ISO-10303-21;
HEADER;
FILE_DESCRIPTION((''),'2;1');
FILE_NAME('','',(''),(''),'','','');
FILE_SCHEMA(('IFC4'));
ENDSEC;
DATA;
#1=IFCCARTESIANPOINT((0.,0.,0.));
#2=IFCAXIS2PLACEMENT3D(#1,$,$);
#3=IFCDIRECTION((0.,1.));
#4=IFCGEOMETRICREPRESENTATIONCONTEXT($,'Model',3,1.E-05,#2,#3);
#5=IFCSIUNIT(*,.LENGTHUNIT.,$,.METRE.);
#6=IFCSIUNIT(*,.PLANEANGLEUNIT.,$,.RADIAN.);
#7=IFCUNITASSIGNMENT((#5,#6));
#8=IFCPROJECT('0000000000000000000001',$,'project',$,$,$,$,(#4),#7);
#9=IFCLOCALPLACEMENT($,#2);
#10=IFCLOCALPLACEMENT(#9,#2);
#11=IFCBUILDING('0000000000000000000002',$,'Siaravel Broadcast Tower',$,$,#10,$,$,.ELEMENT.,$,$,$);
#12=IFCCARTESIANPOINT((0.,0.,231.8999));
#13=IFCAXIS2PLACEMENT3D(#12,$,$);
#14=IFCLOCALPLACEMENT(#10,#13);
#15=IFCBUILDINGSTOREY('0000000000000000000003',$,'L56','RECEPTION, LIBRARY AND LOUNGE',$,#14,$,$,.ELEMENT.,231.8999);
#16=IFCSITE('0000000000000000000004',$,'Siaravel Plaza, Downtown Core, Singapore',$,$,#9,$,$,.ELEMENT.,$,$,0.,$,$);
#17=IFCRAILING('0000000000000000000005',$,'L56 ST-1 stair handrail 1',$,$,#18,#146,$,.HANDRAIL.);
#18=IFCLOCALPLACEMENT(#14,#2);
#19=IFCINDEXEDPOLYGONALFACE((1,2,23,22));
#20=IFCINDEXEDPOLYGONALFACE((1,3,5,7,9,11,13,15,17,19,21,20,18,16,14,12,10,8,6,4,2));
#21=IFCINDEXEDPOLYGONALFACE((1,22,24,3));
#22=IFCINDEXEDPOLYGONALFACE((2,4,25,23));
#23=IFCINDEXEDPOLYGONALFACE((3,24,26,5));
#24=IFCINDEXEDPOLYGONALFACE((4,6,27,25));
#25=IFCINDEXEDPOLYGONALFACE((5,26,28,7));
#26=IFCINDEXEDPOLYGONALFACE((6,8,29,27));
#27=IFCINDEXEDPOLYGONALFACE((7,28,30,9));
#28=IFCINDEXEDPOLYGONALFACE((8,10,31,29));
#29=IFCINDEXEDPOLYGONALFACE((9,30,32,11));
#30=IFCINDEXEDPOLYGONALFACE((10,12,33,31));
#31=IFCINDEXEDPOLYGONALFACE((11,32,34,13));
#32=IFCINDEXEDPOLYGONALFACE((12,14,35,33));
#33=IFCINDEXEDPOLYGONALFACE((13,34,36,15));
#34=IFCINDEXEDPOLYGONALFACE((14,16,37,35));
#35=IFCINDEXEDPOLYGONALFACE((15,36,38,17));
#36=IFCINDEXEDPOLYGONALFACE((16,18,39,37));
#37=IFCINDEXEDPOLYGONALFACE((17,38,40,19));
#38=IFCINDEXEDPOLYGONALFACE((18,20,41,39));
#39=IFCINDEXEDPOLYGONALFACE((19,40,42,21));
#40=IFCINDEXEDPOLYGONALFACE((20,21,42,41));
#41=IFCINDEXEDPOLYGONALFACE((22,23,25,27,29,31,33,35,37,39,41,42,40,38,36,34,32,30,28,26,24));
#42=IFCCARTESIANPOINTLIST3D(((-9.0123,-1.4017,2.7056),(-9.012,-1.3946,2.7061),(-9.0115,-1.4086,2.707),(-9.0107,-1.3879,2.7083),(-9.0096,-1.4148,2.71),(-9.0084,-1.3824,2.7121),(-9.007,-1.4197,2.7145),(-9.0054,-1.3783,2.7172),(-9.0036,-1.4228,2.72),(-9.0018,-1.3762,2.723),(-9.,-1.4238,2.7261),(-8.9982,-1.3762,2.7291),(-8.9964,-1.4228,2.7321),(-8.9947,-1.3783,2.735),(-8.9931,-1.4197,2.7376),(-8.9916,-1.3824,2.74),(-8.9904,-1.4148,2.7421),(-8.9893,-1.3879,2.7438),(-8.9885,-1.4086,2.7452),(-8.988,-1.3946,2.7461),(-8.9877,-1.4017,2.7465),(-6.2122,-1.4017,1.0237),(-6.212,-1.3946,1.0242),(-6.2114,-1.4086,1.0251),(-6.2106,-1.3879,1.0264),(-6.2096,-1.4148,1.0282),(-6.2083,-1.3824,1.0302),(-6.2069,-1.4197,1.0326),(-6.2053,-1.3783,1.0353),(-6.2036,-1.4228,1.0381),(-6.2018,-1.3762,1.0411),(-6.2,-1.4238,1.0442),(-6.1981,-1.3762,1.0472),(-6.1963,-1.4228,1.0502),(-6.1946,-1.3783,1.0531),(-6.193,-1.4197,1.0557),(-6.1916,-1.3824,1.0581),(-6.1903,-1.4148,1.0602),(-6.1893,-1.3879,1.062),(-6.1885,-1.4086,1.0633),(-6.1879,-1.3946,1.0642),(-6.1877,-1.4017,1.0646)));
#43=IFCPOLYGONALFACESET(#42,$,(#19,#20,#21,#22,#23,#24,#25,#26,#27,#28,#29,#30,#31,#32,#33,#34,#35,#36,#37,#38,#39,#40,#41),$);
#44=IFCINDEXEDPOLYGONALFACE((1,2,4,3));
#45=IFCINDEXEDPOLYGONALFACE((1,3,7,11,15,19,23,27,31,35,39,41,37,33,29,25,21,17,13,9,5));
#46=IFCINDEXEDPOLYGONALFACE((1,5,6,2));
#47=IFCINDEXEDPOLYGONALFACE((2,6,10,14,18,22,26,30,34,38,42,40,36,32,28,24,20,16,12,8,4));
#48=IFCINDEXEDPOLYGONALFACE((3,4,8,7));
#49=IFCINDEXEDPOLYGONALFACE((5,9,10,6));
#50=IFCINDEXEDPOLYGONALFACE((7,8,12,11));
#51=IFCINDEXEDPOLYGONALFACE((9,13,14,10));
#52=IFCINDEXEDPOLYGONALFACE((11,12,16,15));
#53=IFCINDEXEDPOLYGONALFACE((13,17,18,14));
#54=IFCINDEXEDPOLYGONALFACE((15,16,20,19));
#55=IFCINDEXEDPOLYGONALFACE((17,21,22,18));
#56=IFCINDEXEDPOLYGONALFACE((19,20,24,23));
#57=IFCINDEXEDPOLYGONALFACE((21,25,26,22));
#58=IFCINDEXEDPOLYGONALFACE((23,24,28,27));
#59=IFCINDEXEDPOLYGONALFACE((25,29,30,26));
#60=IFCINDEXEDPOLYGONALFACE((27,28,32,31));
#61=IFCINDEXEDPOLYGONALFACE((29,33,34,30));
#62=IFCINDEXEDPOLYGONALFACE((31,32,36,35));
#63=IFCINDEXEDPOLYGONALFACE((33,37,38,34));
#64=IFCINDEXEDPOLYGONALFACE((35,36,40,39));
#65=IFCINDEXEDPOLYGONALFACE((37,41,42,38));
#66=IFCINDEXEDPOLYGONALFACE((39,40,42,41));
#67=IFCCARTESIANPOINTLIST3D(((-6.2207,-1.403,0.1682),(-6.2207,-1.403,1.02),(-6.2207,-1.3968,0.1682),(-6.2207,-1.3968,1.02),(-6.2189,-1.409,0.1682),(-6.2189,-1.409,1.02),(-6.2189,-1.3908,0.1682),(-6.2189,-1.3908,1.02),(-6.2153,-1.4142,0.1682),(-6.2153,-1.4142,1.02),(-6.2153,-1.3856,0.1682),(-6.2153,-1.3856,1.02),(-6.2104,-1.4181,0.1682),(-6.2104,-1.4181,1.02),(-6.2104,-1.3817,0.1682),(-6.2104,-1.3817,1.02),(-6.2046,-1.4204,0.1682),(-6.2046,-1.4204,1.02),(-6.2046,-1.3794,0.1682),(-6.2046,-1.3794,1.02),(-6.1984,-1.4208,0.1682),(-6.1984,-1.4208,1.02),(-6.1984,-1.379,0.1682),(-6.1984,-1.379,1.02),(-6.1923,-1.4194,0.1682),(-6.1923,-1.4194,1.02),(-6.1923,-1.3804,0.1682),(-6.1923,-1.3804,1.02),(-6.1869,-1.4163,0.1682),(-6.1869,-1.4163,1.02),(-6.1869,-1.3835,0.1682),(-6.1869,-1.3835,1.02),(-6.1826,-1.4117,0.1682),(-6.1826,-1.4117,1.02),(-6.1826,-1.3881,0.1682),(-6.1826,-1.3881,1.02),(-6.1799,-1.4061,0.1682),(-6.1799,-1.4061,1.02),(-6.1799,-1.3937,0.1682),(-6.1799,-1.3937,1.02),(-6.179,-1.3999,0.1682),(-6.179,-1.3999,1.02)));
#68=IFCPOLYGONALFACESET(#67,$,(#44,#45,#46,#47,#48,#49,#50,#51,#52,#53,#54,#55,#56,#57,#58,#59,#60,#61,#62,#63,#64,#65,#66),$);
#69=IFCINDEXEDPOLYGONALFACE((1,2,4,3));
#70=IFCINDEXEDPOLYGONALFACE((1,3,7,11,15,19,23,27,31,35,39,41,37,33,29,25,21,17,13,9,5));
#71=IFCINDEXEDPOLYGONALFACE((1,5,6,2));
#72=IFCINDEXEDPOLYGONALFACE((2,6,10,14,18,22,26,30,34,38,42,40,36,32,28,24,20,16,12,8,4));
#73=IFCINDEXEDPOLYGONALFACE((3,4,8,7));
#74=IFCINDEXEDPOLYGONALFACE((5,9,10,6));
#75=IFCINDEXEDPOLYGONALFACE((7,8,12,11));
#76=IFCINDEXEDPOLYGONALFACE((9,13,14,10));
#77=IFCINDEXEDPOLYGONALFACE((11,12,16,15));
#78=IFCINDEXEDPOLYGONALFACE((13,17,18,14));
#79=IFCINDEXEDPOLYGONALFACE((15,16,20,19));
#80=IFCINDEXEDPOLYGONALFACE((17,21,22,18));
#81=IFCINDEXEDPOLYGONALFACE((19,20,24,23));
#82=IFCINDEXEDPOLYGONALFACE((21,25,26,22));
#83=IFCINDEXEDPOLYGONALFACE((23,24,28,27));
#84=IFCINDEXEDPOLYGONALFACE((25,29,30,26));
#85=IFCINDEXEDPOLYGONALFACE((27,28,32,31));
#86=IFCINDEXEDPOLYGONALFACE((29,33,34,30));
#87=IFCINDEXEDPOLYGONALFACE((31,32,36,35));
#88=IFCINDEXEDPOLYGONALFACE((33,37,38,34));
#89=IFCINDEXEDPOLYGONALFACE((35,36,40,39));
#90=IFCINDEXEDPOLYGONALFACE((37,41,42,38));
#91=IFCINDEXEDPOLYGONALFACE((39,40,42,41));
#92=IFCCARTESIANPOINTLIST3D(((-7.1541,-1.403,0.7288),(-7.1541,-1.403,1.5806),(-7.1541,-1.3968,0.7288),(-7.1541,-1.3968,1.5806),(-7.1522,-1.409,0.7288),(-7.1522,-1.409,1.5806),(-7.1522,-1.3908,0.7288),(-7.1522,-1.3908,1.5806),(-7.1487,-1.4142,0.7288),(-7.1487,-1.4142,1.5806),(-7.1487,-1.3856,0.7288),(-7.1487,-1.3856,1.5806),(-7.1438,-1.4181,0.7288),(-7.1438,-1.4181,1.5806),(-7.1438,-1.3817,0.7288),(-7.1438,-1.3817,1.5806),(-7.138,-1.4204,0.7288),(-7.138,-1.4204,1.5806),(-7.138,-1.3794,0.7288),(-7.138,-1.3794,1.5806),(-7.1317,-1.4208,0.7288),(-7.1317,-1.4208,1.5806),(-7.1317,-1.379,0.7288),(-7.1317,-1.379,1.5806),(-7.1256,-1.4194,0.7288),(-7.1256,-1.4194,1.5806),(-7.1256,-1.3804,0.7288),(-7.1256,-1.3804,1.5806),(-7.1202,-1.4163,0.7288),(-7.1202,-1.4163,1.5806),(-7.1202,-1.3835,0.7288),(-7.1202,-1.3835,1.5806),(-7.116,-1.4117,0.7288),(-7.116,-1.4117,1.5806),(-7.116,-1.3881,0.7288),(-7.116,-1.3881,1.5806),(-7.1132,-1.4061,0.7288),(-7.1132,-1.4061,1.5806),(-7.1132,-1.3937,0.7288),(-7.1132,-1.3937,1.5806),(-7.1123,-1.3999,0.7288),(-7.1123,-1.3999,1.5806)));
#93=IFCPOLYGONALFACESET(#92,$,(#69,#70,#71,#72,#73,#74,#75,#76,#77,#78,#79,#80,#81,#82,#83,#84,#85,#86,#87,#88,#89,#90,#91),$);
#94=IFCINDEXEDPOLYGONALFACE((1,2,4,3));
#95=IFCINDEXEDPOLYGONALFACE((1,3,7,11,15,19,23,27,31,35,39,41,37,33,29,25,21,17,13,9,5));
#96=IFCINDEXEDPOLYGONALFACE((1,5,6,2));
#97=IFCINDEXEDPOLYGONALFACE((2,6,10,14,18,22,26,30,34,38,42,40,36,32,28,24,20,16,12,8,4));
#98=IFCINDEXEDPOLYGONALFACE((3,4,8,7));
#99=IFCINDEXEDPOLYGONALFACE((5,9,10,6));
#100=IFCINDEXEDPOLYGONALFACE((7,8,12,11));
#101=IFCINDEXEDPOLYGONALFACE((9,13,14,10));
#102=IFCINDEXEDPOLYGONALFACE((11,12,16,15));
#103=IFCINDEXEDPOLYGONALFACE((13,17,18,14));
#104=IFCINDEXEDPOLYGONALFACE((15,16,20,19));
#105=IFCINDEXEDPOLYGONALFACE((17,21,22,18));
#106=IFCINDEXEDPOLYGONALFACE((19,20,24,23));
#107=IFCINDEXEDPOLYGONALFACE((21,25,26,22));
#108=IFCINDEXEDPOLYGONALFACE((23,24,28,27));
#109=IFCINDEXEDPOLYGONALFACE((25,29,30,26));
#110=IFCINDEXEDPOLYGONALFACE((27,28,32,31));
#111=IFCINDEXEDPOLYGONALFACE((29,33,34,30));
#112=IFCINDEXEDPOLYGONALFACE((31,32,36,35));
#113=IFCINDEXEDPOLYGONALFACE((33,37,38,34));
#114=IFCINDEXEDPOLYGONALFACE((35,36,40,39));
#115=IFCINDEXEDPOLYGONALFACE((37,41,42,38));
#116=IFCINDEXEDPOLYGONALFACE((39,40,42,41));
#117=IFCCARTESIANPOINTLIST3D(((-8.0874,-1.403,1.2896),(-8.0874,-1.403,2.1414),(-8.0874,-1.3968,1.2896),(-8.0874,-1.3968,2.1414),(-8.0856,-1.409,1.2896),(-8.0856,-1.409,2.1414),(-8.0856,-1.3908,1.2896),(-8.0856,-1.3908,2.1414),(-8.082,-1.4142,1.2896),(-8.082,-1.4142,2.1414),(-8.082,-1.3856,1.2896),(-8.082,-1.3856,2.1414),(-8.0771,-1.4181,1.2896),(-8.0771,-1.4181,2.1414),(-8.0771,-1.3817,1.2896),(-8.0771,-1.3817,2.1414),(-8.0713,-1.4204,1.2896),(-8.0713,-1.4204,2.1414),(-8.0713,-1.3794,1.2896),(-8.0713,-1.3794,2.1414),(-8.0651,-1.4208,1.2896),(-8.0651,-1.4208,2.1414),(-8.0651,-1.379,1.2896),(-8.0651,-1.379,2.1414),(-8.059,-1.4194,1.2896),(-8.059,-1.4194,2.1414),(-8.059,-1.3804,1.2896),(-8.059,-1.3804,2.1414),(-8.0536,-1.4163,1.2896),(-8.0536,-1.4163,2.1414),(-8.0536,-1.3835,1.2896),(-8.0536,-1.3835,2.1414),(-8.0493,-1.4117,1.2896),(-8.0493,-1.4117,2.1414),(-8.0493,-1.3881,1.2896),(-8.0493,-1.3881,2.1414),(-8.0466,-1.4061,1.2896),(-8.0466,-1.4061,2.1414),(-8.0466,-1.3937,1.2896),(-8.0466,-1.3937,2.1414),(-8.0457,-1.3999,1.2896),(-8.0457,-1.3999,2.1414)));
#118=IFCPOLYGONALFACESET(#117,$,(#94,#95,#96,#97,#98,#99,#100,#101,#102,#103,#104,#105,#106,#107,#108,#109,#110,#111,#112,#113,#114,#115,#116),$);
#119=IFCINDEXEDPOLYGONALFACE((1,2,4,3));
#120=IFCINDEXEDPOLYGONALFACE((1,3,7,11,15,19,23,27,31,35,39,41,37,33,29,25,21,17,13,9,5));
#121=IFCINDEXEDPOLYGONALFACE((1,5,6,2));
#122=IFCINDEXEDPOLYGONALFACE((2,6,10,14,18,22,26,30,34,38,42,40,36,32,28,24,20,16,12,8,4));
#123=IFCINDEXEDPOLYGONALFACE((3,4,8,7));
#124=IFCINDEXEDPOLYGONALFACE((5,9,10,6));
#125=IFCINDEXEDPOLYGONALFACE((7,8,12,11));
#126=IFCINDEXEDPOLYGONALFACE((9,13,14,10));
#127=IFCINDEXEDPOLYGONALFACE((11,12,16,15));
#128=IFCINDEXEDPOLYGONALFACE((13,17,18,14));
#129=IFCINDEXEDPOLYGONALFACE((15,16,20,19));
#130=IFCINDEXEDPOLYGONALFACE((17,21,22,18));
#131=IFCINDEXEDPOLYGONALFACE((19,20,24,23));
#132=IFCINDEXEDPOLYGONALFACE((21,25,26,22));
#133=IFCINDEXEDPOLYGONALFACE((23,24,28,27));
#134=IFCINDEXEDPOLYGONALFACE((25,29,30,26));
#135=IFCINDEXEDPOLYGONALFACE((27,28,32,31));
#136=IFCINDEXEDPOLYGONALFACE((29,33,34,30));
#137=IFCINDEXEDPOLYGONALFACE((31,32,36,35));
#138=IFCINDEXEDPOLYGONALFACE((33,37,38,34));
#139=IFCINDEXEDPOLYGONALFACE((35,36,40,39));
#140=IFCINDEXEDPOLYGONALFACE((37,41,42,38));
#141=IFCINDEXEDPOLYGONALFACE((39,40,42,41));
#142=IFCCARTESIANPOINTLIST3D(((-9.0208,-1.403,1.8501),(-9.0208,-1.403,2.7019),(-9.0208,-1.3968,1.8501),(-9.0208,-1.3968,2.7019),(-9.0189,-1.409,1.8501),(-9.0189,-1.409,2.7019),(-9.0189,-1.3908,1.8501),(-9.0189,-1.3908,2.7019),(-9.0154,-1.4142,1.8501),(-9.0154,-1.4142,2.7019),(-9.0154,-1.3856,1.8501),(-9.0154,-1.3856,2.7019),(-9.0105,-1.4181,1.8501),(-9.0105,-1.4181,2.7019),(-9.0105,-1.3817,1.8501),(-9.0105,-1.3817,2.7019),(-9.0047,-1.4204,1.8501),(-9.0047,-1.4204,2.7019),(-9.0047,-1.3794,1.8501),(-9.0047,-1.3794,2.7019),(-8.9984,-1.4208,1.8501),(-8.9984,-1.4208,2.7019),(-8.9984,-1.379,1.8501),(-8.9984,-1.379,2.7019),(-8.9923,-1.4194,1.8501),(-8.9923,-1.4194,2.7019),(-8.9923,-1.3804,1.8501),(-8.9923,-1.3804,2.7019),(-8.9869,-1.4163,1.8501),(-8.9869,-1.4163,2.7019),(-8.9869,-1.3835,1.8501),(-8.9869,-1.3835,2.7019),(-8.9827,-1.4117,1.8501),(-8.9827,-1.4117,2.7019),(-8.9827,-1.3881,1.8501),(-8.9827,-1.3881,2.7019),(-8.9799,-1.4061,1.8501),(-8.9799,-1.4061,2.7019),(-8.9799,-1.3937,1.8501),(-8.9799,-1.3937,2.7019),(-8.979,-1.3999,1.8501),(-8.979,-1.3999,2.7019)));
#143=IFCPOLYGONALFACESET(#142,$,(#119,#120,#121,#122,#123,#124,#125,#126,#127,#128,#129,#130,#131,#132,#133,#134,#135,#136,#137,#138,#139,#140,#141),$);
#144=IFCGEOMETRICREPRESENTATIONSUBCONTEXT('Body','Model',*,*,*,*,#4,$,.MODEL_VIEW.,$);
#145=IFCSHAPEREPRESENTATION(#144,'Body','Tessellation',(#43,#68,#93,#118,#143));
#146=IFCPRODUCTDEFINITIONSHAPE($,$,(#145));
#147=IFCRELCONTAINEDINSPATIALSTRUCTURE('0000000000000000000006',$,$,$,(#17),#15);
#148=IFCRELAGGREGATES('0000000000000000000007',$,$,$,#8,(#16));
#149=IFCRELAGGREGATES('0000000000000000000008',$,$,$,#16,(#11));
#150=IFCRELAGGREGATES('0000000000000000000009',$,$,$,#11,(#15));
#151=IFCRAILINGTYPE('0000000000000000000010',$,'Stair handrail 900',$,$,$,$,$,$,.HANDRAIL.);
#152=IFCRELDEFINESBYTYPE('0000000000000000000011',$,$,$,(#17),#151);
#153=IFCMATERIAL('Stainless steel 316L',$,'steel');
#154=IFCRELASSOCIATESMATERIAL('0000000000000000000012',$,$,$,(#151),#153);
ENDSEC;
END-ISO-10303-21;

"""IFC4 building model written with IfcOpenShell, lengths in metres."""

from ifc_helpers import new_model, si_unit, direction, frame, origin, origin_2d, place, context, subcontext, project, spatial, circle, extrude, material, type_object, element, save


model = new_model("IFC4")

# Units and contexts
model_context = context("Model", 3, precision=1e-05, world=origin(), true_north=direction((0.0, 1.0)))
body_context = subcontext(model_context, "Body", "Model", "MODEL_VIEW")
ifc_project = project(units=[si_unit("LENGTHUNIT", "METRE"), si_unit("PLANEANGLEUNIT", "RADIAN")], contexts=[model_context])

# Site, building, storey
site_placement = place(None, origin())
site = spatial("IfcSite", under=ifc_project, at=site_placement, Name="Siaravel Plaza, Downtown Core, Singapore", CompositionType="ELEMENT", RefElevation=0.0)
building_placement = place(site_placement, origin())
building = spatial("IfcBuilding", under=site, at=building_placement, Name="Siaravel Broadcast Tower", CompositionType="ELEMENT")
storey_placement = place(building_placement, frame((0.0, 0.0, 231.8999)))
storey = spatial("IfcBuildingStorey", under=building, at=storey_placement, Name="L56", Description="RECEPTION, LIBRARY AND LOUNGE", CompositionType="ELEMENT", Elevation=231.8999)

# Shared definitions
ifc_material_1 = material(Name="Stainless steel 316L", Category="steel")

# Railing
railing_type_1 = type_object("IfcRailingType", Name="Stair handrail 900", PredefinedType="HANDRAIL", material=ifc_material_1)
railing_1_placement = place(storey_placement, frame((-6.2, -1.3999, 0.1682)))
element("IfcRailing", 1, at=railing_1_placement, inside=storey, type_object=railing_type_1, Name="L56 ST-1 stair handrail 1", PredefinedType="HANDRAIL", context=body_context, shape_type="SweptSolid", body=[
    extrude(circle(Radius=0.0239, at=origin_2d()), frame((0.0, 0.0, 0.876), z_axis=(-0.857242, 0.0, 0.514913), x_axis=(0.0, -1.0, 0.0)), (0.0, 0.0, 1.0), 3.2664),
    extrude(circle(Radius=0.021, at=origin_2d()), origin(), (0.0, 0.0, 1.0), 0.8518),
    extrude(circle(Radius=0.021, at=origin_2d()), frame((-0.9333, 0.0, 0.5605)), (0.0, 0.0, 1.0), 0.8518),
    extrude(circle(Radius=0.021, at=origin_2d()), frame((-1.8667, 0.0, 1.1213)), (0.0, 0.0, 1.0), 0.8518),
    extrude(circle(Radius=0.021, at=origin_2d()), frame((-2.8, 0.0, 1.6819)), (0.0, 0.0, 1.0), 0.8518),
])

save(model, "model.ifc")
